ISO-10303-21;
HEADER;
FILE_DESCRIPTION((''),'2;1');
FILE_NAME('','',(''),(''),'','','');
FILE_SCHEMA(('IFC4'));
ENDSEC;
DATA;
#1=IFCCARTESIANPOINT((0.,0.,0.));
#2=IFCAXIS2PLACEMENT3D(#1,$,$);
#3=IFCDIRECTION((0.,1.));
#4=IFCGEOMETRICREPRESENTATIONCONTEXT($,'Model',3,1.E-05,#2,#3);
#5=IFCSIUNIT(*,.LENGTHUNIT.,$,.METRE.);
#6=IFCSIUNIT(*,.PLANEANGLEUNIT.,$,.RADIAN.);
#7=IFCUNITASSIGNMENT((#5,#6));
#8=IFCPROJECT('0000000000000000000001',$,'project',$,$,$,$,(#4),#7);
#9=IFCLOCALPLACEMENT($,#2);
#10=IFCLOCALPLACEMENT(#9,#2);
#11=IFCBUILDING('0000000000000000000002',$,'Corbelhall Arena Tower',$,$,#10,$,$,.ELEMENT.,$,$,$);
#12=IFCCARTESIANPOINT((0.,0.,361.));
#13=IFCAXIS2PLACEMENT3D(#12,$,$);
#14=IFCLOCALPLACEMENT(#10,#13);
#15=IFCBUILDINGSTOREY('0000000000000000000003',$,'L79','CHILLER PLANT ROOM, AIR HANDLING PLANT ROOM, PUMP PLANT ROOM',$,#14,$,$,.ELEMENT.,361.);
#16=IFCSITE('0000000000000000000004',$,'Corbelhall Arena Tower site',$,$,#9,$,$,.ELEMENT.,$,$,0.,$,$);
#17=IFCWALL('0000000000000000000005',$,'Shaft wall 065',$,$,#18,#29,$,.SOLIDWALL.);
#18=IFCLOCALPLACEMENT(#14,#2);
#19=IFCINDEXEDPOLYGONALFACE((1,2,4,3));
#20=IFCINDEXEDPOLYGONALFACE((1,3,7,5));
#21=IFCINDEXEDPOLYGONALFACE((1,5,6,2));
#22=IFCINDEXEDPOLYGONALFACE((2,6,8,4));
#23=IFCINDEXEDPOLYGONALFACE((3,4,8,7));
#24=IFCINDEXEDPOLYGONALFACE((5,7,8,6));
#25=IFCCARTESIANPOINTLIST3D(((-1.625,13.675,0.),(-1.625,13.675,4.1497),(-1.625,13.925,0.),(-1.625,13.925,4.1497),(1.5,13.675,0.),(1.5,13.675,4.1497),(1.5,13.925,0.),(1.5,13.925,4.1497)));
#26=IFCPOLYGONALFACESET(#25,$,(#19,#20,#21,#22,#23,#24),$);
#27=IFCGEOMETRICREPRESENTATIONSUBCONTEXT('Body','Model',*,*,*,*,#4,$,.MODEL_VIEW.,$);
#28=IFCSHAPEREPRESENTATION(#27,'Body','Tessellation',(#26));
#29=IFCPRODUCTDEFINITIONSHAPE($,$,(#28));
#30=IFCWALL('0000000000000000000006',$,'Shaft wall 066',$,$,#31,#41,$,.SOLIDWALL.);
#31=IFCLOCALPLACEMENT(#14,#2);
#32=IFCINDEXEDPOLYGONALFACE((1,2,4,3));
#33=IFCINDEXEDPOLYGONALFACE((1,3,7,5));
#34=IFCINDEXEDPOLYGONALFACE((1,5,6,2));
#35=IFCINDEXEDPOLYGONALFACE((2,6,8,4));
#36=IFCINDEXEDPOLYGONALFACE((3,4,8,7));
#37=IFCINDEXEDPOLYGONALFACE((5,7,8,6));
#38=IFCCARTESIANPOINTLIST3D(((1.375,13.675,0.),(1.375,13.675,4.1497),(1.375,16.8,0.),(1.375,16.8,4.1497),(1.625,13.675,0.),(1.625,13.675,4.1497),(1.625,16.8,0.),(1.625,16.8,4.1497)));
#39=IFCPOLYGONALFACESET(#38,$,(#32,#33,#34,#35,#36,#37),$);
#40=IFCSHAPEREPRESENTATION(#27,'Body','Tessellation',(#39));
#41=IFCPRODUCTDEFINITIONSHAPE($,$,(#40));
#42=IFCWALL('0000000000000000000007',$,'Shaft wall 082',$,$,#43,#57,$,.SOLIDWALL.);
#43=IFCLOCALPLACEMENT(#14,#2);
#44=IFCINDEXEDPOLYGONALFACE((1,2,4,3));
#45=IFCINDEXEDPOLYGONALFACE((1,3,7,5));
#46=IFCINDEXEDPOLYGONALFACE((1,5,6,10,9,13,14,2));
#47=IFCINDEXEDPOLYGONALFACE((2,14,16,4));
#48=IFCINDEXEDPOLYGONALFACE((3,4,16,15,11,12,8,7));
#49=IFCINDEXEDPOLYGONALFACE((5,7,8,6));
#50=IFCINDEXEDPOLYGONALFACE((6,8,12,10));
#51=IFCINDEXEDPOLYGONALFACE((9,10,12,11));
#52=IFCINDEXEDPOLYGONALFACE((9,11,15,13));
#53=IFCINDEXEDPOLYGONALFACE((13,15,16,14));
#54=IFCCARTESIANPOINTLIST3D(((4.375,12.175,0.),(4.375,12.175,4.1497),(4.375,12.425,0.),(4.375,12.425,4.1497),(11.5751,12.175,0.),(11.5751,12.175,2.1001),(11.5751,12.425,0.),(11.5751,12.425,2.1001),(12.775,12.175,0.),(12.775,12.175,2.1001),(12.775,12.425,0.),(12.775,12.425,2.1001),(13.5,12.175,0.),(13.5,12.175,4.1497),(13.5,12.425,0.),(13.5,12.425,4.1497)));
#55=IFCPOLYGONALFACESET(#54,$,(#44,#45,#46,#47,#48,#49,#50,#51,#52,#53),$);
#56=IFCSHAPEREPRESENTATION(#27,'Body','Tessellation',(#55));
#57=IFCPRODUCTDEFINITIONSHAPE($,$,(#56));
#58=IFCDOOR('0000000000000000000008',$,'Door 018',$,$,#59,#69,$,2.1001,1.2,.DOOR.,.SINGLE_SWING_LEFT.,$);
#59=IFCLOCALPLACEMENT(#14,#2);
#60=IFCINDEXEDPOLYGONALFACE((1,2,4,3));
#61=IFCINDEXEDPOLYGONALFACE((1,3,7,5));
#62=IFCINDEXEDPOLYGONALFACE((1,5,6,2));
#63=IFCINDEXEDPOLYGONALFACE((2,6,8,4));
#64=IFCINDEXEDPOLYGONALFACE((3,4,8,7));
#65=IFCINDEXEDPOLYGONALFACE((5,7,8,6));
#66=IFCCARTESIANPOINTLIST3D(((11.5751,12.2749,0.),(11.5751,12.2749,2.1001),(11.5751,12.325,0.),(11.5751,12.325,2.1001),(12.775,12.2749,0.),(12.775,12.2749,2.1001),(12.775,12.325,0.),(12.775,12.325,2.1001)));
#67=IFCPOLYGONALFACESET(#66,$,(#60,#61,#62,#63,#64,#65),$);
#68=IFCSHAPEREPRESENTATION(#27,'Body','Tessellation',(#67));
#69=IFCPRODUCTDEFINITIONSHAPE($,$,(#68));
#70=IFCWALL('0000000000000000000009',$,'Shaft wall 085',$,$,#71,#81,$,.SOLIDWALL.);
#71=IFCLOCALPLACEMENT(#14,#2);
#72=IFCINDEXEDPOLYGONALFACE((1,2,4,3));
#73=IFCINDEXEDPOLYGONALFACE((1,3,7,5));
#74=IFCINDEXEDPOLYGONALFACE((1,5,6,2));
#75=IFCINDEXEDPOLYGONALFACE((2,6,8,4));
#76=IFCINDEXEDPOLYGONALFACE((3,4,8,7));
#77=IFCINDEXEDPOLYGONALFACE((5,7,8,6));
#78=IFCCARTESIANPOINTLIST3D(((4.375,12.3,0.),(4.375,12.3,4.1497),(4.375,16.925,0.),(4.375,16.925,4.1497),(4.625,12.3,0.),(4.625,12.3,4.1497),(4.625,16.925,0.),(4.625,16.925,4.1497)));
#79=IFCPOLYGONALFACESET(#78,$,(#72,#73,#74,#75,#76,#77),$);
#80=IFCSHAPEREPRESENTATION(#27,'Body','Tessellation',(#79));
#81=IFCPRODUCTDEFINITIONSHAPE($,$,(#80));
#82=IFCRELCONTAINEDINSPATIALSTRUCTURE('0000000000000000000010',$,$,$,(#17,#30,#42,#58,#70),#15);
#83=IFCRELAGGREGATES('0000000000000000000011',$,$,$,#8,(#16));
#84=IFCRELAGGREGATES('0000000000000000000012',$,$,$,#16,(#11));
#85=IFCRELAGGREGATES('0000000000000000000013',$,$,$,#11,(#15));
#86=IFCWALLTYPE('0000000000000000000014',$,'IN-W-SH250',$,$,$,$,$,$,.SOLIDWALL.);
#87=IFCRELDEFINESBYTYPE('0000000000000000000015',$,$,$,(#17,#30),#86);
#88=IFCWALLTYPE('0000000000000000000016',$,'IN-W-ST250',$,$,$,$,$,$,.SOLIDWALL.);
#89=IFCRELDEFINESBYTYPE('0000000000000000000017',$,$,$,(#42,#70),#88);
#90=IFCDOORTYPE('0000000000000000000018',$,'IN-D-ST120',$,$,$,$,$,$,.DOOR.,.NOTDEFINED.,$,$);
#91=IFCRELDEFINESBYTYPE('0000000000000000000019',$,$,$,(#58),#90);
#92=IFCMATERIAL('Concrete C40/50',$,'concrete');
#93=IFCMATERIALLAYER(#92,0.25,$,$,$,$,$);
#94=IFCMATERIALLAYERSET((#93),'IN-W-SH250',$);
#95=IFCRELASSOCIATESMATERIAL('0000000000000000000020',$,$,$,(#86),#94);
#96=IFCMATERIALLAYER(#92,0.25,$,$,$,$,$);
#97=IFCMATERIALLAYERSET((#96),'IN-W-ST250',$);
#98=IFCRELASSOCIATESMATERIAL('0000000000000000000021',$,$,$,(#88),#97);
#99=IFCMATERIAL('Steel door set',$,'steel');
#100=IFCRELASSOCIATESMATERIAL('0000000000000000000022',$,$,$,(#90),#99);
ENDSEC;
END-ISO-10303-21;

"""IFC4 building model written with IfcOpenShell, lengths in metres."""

from ifc_helpers import new_model, si_unit, direction, frame, frame_2d, origin, place, context, subcontext, project, spatial, rectangle, extrude, material, layer, layer_set, type_object, element, fill, save


model = new_model("IFC4")

# Units and contexts
model_context = context("Model", 3, precision=1e-05, world=origin(), true_north=direction((0.0, 1.0)))
body_context = subcontext(model_context, "Body", "Model", "MODEL_VIEW")
ifc_project = project(units=[si_unit("LENGTHUNIT", "METRE"), si_unit("PLANEANGLEUNIT", "RADIAN")], contexts=[model_context])

# Site, building, storey
site_placement = place(None, origin())
site = spatial("IfcSite", under=ifc_project, at=site_placement, Name="Corbelhall Arena Tower site", CompositionType="ELEMENT", RefElevation=0.0)
building_placement = place(site_placement, origin())
building = spatial("IfcBuilding", under=site, at=building_placement, Name="Corbelhall Arena Tower", CompositionType="ELEMENT")
storey_placement = place(building_placement, frame((0.0, 0.0, 361.0)))
storey = spatial("IfcBuildingStorey", under=building, at=storey_placement, Name="L79", Description="CHILLER PLANT ROOM, AIR HANDLING PLANT ROOM, PUMP PLANT ROOM", CompositionType="ELEMENT", Elevation=361.0)

# Shared definitions
ifc_material_1 = material(Name="Concrete C40/50", Category="concrete")

# Shared definitions
ifc_layer_1 = layer(ifc_material_1, 0.25)
ifc_layer_set_1 = layer_set([ifc_layer_1], Name="IN-W-SH250")
wall_type_1 = type_object("IfcWallType", Name="IN-W-SH250", PredefinedType="SOLIDWALL", material=ifc_layer_set_1)
ifc_material_2 = material(Name="Steel door set", Category="steel")

# Walls
for number, where, z_axis, x_axis, name in (
    (1, (1.5, 13.8, 0.0), (0.0, 0.0, 1.0), (-1.0, 0.0, 0.0), "Shaft wall 065"),
    (2, (1.5, 16.8, 0.0), (0.0, 0.0, 1.0), (0.0, -1.0, 0.0), "Shaft wall 066"),
):
    element("IfcWall", number, at=place(storey_placement, frame(where, z_axis=z_axis, x_axis=x_axis)), inside=storey, type_object=wall_type_1, Name=name, PredefinedType="SOLIDWALL", context=body_context, shape_type="SweptSolid", body=[
        extrude(rectangle(XDim=3.125, YDim=0.25, at=frame_2d((1.5625, 0.0))), origin(), (0.0, 0.0, 1.0), 4.1497),
    ])

# Wall, opening, door
ifc_layer_2 = layer(ifc_material_1, 0.25)
ifc_layer_set_2 = layer_set([ifc_layer_2], Name="IN-W-ST250")
wall_type_2 = type_object("IfcWallType", Name="IN-W-ST250", PredefinedType="SOLIDWALL", material=ifc_layer_set_2)
wall_1_placement = place(storey_placement, frame((4.375, 12.3, 0.0), z_axis=(0.0, 0.0, 1.0), x_axis=(1.0, 0.0, 0.0)))
wall_1 = element("IfcWall", 3, at=wall_1_placement, inside=storey, type_object=wall_type_2, Name="Shaft wall 082", PredefinedType="SOLIDWALL", context=body_context, shape_type="SweptSolid", body=[
    extrude(rectangle(XDim=9.125, YDim=0.25, at=frame_2d((4.5625, 0.0))), origin(), (0.0, 0.0, 1.0), 4.1497),
])
opening_1_placement = place(wall_1_placement, frame((7.2, 0.0, 0.0)))
opening_1 = element("IfcOpeningElement", 4, at=opening_1_placement, cuts=wall_1, PredefinedType="OPENING", context=body_context, shape_type="SweptSolid", body=[
    extrude(rectangle(XDim=1.2, YDim=2.1001, at=frame_2d((0.6001, 1.05))), frame((0.0, 0.125, 0.0), z_axis=(0.0, -1.0, 0.0), x_axis=(1.0, 0.0, 0.0)), (0.0, 0.0, 1.0), 0.25),
])
door_type_1 = type_object("IfcDoorType", Name="IN-D-ST120", OperationType="NOTDEFINED", PredefinedType="DOOR", material=ifc_material_2)
door_1_placement = place(opening_1_placement, origin())
door_1 = element("IfcDoor", 5, at=door_1_placement, inside=storey, type_object=door_type_1, Name="Door 018", OperationType="SINGLE_SWING_LEFT", OverallHeight=2.1001, OverallWidth=1.2, PredefinedType="DOOR", context=body_context, shape_type="SweptSolid", body=[
    extrude(rectangle(XDim=1.2, YDim=2.1001, at=frame_2d((0.6001, 1.05))), frame((0.0, 0.0249, 0.0), z_axis=(0.0, -1.0, 0.0), x_axis=(1.0, 0.0, 0.0)), (0.0, 0.0, 1.0), 0.05),
])
fill(opening_1, door_1)

# Wall
wall_2_placement = place(storey_placement, frame((4.5, 12.3, 0.0), z_axis=(0.0, 0.0, 1.0), x_axis=(0.0, 1.0, 0.0)))
element("IfcWall", 6, at=wall_2_placement, inside=storey, type_object=wall_type_2, Name="Shaft wall 085", PredefinedType="SOLIDWALL", context=body_context, shape_type="SweptSolid", body=[
    extrude(rectangle(XDim=4.625, YDim=0.25, at=frame_2d((2.3125, 0.0))), origin(), (0.0, 0.0, 1.0), 4.1497),
])

save(model, "model.ifc")
